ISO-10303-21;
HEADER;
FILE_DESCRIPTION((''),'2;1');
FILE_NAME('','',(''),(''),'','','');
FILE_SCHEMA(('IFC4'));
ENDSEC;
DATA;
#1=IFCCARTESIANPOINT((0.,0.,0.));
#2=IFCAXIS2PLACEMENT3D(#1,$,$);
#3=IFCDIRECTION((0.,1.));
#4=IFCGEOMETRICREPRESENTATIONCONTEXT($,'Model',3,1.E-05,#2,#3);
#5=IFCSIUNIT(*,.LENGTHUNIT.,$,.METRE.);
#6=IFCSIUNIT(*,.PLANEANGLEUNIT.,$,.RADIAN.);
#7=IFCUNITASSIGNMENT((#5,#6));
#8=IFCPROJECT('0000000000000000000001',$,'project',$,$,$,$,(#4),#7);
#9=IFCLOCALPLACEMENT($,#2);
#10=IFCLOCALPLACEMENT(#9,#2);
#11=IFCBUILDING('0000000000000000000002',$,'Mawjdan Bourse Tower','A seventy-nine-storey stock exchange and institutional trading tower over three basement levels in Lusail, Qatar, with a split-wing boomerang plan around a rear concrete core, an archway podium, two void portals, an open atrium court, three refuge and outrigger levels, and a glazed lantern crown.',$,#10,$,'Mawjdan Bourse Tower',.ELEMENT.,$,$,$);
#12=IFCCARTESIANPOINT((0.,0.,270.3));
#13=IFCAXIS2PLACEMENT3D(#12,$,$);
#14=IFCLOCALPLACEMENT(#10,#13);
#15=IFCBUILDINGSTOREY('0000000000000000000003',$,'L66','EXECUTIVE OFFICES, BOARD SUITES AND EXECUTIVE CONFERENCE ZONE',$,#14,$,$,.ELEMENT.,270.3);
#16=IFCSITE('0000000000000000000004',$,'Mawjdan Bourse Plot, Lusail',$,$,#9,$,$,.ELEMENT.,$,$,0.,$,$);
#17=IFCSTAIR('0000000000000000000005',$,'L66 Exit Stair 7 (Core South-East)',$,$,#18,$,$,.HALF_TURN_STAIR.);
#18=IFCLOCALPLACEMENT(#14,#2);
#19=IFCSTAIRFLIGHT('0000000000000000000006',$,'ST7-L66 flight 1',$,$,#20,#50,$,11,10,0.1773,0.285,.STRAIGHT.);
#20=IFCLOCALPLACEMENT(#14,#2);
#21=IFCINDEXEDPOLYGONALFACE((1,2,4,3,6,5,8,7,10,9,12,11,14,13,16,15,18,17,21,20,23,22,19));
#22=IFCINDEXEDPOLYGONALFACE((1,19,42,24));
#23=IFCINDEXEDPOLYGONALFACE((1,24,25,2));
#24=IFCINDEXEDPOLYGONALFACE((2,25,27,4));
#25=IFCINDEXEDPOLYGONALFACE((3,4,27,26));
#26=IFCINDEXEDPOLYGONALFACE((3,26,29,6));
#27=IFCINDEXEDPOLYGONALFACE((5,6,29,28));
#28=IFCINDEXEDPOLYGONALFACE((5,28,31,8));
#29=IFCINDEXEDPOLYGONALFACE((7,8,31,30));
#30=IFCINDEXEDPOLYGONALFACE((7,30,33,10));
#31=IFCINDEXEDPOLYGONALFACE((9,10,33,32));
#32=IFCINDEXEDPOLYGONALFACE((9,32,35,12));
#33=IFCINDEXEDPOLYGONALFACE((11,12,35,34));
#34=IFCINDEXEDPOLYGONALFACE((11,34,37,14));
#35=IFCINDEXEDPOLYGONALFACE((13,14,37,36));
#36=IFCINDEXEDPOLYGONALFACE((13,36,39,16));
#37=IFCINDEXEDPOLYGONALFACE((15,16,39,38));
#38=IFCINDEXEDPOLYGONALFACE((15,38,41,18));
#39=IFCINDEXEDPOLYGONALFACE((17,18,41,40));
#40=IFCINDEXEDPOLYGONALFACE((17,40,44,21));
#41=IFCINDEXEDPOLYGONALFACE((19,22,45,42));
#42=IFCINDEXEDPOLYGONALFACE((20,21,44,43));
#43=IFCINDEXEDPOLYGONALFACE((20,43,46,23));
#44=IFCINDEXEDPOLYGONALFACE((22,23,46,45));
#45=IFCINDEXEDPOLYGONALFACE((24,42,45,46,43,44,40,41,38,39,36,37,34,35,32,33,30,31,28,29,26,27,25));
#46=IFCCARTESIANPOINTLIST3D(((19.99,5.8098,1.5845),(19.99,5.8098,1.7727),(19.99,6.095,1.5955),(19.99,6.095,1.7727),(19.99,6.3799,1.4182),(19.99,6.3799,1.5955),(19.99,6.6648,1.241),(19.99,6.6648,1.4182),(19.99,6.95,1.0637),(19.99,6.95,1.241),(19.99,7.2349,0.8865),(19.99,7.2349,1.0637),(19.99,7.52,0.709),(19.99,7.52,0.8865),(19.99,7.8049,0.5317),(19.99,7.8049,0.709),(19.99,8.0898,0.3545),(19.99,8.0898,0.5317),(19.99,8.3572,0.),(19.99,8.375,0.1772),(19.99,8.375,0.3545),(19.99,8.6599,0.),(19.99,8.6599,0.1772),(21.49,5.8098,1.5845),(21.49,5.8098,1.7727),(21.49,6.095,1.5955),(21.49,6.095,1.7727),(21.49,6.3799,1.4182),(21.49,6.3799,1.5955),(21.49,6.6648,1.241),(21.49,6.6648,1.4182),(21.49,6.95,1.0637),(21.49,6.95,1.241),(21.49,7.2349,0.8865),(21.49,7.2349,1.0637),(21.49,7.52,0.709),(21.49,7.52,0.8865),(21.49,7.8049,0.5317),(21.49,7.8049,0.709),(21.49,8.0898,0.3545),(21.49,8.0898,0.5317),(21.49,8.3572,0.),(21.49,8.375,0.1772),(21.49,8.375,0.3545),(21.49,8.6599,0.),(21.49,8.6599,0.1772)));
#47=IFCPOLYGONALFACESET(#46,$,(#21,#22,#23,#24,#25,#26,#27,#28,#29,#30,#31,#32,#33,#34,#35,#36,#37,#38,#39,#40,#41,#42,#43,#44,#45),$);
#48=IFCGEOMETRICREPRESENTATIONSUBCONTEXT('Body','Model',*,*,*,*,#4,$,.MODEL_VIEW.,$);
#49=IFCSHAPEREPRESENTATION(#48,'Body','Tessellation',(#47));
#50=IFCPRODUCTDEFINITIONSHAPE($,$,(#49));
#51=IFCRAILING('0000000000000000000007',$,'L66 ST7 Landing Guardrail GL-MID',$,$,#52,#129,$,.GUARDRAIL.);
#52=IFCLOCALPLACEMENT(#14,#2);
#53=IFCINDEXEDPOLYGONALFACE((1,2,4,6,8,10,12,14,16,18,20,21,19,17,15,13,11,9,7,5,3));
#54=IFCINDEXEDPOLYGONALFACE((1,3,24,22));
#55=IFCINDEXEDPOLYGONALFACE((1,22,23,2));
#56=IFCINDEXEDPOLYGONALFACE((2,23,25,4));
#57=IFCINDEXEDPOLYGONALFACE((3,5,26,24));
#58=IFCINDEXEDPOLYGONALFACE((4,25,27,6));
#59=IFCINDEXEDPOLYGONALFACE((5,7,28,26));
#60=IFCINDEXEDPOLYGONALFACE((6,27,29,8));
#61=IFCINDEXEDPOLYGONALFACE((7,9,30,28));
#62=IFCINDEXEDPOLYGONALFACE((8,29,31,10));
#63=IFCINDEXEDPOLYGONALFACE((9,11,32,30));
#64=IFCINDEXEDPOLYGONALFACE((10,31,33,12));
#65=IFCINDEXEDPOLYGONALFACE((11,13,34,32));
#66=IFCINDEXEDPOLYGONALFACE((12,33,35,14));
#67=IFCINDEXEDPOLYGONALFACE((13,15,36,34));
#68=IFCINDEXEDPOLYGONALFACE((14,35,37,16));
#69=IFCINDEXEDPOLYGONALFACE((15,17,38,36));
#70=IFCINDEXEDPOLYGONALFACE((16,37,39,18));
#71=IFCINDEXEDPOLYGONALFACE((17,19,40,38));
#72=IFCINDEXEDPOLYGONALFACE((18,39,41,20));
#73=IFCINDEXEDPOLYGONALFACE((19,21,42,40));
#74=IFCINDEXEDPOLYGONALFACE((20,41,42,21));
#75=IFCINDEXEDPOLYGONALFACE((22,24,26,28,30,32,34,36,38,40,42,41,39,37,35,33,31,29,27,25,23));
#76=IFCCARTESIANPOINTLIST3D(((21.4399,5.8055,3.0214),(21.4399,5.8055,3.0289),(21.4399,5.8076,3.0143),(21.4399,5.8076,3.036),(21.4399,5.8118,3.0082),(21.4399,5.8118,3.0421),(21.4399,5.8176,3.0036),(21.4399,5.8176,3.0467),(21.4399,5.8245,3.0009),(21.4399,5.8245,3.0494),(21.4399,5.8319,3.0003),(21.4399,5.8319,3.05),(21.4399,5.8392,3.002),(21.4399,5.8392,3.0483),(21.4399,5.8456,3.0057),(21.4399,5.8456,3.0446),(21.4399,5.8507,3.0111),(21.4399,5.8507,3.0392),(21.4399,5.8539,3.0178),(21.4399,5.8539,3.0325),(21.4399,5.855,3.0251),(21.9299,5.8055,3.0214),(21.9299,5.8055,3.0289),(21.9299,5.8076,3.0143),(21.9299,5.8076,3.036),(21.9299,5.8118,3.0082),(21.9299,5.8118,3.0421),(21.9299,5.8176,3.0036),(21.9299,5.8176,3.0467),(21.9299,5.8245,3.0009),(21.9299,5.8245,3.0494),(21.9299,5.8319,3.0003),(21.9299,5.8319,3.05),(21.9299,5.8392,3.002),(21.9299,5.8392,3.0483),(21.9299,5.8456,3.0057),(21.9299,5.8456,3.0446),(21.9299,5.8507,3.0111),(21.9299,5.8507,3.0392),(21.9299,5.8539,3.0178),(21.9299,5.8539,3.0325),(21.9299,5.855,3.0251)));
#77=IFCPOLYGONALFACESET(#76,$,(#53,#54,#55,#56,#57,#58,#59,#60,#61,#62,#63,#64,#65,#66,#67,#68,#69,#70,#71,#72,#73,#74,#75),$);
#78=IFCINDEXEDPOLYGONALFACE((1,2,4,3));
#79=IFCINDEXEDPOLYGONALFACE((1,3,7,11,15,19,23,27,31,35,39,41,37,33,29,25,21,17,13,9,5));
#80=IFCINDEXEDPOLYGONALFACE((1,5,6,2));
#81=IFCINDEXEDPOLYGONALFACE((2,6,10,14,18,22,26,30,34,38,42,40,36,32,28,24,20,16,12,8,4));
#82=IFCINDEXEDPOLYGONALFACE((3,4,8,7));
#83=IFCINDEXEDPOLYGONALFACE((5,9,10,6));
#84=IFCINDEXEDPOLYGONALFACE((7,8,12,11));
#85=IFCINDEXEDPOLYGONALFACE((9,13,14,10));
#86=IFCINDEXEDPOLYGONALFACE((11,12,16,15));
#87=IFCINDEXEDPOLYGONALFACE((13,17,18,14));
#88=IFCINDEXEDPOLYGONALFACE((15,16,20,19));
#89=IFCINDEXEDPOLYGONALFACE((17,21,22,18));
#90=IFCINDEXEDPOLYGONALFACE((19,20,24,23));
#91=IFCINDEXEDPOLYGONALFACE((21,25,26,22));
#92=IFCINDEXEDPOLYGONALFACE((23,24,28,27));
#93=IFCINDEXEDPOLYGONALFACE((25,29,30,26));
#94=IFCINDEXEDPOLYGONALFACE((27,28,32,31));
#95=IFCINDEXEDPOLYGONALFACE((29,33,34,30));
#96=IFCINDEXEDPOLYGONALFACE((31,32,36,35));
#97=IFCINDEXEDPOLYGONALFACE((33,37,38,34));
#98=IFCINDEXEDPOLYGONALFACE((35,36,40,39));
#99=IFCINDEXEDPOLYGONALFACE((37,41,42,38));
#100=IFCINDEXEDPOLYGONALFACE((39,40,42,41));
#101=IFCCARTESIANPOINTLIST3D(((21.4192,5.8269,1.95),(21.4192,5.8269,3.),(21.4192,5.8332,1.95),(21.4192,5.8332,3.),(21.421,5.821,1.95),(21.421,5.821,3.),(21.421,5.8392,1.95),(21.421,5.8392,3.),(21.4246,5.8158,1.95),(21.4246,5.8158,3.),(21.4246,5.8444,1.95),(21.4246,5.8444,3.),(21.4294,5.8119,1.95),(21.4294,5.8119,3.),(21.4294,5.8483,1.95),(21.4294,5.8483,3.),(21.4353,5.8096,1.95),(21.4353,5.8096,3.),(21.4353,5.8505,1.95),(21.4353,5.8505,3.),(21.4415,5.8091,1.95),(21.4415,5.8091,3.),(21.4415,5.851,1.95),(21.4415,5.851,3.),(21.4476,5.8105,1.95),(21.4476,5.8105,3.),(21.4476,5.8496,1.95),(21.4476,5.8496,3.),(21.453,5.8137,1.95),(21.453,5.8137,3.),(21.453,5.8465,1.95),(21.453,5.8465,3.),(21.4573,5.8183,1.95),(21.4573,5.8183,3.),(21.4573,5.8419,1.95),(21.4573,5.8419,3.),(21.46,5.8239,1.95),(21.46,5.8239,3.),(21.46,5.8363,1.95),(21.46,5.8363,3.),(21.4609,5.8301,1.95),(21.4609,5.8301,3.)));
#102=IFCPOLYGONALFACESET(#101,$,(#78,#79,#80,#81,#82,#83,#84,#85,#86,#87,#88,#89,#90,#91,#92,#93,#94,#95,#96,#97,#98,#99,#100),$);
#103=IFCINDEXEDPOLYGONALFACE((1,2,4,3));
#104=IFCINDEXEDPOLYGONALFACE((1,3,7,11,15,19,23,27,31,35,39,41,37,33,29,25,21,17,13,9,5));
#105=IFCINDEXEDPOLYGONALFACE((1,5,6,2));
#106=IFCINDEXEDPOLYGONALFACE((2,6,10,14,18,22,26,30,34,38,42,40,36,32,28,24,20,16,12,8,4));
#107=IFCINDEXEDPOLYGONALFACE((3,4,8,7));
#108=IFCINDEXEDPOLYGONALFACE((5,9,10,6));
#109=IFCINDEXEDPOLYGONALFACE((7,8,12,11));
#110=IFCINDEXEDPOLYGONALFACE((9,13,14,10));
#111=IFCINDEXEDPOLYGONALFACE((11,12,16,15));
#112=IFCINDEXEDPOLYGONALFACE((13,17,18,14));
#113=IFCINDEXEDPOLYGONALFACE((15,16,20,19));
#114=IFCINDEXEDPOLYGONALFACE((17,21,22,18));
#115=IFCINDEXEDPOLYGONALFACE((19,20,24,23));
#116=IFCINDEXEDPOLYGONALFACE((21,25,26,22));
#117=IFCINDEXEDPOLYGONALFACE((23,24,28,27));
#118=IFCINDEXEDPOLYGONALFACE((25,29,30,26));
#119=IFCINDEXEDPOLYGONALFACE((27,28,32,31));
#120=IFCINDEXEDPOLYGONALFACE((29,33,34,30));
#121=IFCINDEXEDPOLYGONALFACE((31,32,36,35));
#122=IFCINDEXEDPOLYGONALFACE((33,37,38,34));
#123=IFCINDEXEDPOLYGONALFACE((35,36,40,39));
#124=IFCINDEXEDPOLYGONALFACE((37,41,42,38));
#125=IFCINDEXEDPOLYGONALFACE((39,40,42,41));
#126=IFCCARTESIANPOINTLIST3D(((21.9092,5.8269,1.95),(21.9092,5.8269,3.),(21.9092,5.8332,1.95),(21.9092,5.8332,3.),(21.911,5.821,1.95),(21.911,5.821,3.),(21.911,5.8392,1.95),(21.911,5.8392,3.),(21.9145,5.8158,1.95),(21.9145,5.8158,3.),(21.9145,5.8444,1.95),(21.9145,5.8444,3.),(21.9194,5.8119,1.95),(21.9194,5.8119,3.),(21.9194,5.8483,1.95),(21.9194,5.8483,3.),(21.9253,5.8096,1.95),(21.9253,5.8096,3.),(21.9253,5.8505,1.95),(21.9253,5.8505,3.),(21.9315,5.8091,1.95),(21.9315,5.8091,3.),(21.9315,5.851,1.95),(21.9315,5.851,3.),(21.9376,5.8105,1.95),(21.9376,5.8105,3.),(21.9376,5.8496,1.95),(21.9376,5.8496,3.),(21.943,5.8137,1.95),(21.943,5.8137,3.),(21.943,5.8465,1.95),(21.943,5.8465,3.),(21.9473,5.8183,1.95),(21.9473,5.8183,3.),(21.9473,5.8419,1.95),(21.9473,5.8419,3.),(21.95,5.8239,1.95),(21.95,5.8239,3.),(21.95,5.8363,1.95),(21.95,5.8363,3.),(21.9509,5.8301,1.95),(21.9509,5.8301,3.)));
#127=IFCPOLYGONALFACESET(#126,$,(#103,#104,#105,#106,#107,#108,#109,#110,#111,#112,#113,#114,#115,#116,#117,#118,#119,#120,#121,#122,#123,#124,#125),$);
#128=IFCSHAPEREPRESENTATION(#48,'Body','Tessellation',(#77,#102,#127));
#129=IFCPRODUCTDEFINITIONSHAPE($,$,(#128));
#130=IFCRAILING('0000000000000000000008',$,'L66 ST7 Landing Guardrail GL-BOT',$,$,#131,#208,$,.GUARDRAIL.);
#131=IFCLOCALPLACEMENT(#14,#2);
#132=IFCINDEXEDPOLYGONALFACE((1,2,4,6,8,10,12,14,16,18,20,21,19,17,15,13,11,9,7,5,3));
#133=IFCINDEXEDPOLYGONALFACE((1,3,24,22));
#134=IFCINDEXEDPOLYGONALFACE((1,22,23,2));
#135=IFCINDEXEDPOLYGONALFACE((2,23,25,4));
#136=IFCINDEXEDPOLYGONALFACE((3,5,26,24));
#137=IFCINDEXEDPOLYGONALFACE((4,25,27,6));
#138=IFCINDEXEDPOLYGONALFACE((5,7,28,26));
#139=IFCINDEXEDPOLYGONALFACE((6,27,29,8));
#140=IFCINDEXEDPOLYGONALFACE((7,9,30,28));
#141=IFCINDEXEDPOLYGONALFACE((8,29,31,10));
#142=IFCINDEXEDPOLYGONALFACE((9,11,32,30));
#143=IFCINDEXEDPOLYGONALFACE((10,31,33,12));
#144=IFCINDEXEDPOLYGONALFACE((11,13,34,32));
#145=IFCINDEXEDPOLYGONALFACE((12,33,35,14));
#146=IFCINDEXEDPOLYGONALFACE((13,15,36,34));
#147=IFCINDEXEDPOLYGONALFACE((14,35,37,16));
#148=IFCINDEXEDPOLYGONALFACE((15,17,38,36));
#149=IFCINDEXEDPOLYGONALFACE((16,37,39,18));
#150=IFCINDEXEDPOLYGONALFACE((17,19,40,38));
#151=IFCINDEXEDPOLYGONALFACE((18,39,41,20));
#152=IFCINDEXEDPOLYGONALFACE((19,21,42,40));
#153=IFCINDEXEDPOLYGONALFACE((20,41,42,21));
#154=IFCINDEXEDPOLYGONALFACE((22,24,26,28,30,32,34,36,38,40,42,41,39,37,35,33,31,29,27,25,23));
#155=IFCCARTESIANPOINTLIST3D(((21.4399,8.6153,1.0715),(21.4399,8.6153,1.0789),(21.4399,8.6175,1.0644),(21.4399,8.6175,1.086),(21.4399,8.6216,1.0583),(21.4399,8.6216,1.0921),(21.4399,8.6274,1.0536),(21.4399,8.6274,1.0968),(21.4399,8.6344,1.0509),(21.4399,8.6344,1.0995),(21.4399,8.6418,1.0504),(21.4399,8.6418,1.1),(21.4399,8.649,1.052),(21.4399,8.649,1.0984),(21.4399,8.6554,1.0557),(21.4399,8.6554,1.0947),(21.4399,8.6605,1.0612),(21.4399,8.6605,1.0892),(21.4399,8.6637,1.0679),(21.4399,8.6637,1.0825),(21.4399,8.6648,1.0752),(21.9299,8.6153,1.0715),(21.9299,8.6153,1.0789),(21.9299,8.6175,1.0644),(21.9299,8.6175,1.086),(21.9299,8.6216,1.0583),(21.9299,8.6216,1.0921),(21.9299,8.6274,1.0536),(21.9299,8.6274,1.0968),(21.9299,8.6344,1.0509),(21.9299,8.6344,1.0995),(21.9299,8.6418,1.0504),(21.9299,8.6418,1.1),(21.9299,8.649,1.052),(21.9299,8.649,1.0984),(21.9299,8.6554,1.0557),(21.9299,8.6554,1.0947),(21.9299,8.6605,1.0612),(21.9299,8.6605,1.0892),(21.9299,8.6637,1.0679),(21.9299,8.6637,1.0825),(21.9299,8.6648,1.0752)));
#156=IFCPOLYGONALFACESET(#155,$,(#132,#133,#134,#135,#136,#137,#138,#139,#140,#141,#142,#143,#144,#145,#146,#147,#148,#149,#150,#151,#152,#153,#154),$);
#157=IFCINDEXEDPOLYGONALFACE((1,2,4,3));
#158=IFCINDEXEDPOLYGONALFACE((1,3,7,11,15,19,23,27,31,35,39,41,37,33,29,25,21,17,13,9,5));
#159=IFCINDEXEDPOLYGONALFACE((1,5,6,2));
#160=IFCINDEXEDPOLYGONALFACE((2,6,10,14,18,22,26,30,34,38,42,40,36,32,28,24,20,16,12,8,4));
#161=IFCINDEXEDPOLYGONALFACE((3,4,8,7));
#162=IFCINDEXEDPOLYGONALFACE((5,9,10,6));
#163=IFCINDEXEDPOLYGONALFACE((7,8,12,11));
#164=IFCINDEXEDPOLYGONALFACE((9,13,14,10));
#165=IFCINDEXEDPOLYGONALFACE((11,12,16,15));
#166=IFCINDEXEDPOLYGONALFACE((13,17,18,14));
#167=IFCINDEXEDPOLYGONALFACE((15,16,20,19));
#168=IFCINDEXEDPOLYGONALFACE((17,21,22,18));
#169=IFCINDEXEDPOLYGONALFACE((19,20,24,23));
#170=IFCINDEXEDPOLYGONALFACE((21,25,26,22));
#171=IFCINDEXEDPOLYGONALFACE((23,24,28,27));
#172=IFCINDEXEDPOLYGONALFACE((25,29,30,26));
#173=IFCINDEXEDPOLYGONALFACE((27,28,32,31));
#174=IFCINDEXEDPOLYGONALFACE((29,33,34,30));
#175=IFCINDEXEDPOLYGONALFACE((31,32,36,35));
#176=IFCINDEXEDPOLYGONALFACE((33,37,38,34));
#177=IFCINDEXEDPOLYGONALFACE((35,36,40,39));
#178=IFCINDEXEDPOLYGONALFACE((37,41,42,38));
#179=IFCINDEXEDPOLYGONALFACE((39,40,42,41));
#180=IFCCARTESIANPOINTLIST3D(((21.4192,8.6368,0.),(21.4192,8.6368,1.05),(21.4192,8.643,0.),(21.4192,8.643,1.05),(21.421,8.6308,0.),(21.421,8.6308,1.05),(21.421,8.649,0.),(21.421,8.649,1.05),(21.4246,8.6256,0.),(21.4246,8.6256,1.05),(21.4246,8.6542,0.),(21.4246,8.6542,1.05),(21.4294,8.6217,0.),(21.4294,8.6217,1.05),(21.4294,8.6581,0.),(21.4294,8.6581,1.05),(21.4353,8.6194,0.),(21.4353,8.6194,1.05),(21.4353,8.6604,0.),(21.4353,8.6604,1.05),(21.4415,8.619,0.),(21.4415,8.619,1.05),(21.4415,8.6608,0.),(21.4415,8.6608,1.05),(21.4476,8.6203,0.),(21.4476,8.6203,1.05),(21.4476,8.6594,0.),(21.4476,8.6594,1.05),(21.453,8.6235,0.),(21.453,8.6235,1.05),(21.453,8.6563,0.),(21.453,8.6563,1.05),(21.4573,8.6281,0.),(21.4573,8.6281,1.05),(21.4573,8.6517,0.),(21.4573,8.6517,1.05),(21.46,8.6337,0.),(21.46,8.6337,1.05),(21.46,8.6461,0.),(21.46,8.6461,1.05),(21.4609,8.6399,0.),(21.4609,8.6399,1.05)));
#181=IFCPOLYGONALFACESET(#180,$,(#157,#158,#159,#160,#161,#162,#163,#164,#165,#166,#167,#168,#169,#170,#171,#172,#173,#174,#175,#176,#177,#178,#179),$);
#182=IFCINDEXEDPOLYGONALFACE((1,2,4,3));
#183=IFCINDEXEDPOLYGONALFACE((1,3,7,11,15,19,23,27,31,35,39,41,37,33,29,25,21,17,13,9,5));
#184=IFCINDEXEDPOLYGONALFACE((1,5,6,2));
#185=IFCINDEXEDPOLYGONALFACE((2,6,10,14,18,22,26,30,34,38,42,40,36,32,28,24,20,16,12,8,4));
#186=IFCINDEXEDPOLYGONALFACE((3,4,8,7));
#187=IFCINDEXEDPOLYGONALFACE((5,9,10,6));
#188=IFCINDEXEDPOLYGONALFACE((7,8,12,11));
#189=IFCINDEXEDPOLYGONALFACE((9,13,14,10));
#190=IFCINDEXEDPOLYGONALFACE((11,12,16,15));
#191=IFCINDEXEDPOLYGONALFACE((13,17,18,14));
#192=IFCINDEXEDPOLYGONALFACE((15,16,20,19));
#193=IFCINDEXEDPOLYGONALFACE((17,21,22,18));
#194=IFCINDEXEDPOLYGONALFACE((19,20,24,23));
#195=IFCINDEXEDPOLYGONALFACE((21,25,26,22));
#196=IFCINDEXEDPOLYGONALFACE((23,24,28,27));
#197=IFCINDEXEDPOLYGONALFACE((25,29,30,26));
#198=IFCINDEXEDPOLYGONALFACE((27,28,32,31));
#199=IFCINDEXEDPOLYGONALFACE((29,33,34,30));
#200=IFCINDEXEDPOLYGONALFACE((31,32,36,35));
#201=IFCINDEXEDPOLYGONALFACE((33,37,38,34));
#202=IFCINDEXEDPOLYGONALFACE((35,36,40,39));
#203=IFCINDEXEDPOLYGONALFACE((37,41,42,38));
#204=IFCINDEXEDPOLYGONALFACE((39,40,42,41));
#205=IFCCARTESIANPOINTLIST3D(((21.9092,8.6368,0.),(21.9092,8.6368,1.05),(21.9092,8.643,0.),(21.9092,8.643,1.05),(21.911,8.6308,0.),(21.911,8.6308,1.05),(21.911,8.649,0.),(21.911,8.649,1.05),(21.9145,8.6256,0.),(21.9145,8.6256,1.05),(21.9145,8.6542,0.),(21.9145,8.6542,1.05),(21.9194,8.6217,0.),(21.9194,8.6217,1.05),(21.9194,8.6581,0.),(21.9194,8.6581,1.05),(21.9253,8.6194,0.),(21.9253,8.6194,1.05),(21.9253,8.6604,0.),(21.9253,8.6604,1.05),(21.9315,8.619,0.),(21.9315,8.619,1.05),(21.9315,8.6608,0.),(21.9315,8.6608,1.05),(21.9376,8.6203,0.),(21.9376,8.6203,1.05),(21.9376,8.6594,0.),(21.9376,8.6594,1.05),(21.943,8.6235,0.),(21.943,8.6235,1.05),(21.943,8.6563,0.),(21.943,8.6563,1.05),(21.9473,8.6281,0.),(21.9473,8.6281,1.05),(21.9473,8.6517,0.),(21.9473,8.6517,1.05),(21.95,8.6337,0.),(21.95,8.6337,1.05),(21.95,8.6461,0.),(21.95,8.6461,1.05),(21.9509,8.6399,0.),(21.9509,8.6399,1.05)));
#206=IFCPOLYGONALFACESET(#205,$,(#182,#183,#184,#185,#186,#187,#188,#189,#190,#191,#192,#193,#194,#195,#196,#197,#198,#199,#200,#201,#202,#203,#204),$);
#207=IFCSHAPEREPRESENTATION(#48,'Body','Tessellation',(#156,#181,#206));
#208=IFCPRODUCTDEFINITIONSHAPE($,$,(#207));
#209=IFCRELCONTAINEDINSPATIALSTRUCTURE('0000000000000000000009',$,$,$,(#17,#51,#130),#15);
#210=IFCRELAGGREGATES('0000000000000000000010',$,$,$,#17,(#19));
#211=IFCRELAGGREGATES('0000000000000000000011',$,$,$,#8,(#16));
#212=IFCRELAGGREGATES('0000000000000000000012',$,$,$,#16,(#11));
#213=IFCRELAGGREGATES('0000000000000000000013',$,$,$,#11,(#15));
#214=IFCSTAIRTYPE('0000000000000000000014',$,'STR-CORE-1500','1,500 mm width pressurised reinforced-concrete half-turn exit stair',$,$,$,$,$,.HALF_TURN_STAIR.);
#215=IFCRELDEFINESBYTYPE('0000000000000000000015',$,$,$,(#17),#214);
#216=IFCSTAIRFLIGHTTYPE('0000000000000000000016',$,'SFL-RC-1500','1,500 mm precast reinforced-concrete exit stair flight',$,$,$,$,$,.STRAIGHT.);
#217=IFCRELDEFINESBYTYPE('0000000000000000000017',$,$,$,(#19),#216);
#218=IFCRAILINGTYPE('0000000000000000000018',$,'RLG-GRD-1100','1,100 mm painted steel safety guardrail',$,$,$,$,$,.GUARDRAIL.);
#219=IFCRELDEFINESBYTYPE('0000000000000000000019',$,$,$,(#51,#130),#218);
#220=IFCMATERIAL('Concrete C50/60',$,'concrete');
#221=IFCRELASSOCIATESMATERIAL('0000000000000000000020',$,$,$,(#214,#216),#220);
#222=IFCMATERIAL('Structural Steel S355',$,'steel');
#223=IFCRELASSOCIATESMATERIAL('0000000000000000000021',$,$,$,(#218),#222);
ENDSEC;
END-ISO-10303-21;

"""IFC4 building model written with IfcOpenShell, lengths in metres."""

from ifc_helpers import new_model, si_unit, direction, frame, origin, origin_2d, place, context, subcontext, project, spatial, polyline, circle, outline, extrude, material, type_object, element, aggregate, save


model = new_model("IFC4")

# Units and contexts
model_context = context("Model", 3, precision=1e-05, world=origin(), true_north=direction((0.0, 1.0)))
body_context = subcontext(model_context, "Body", "Model", "MODEL_VIEW")
ifc_project = project(units=[si_unit("LENGTHUNIT", "METRE"), si_unit("PLANEANGLEUNIT", "RADIAN")], contexts=[model_context])

# Site, building, storey
site_placement = place(None, origin())
site = spatial("IfcSite", under=ifc_project, at=site_placement, Name="Mawjdan Bourse Plot, Lusail", CompositionType="ELEMENT", RefElevation=0.0)
building_placement = place(site_placement, origin())
building = spatial("IfcBuilding", under=site, at=building_placement, Name="Mawjdan Bourse Tower", Description="A seventy-nine-storey stock exchange and institutional trading tower over three basement levels in Lusail, Qatar, with a split-wing boomerang plan around a rear concrete core, an archway podium, two void portals, an open atrium court, three refuge and outrigger levels, and a glazed lantern crown.", LongName="Mawjdan Bourse Tower", CompositionType="ELEMENT")
storey_placement = place(building_placement, frame((0.0, 0.0, 270.3)))
storey = spatial("IfcBuildingStorey", under=building, at=storey_placement, Name="L66", Description="EXECUTIVE OFFICES, BOARD SUITES AND EXECUTIVE CONFERENCE ZONE", CompositionType="ELEMENT", Elevation=270.3)

# Shared definitions
ifc_material_1 = material(Name="Structural Steel S355", Category="steel")

# Shared definitions
ifc_material_2 = material(Name="Concrete C50/60", Category="concrete")

# Stair, stair flight
stair_type = type_object("IfcStairType", Name="STR-CORE-1500", Description="1,500 mm width pressurised reinforced-concrete half-turn exit stair", PredefinedType="HALF_TURN_STAIR", material=ifc_material_2)
stair_placement = place(storey_placement, origin())
stair = element("IfcStair", 1, at=stair_placement, inside=storey, type_object=stair_type, Name="L66 Exit Stair 7 (Core South-East)", PredefinedType="HALF_TURN_STAIR")
stair_flight_type = type_object("IfcStairFlightType", Name="SFL-RC-1500", Description="1,500 mm precast reinforced-concrete exit stair flight", PredefinedType="STRAIGHT", material=ifc_material_2)
stair_flight_placement = place(storey_placement, frame((20.74, 8.6599, 0.0), z_axis=(0.0, 0.0, 1.0), x_axis=(0.0, -1.0, 0.0)))
stair_flight = element("IfcStairFlight", 2, at=stair_flight_placement, type_object=stair_flight_type, Name="ST7-L66 flight 1", NumberOfRisers=11, NumberOfTreads=10, PredefinedType="STRAIGHT", RiserHeight=0.1773, TreadLength=0.285, context=body_context, shape_type="SweptSolid", body=[
    extrude(outline(polyline([(0.0, 0.0), (0.0, 0.1772), (0.2849, 0.1772), (0.2849, 0.3545), (0.5701, 0.3545), (0.5701, 0.5317), (0.855, 0.5317), (0.855, 0.709), (1.1399, 0.709), (1.1399, 0.8865), (1.425, 0.8865), (1.425, 1.0637), (1.71, 1.0637), (1.71, 1.241), (1.9951, 1.241), (1.9951, 1.4182), (2.28, 1.4182), (2.28, 1.5955), (2.5649, 1.5955), (2.5649, 1.7727), (2.8501, 1.7727), (2.8501, 1.95), (2.8501, 1.5845), (0.3027, 0.0), (0.0, 0.0)])), frame((0.0, 0.75, 0.0), z_axis=(0.0, -1.0, 0.0), x_axis=(1.0, 0.0, 0.0)), (0.0, 0.0, 1.0), 1.5),
])
aggregate(stair, [stair_flight])

# Railings
railing_type_1 = type_object("IfcRailingType", Name="RLG-GRD-1100", Description="1,100 mm painted steel safety guardrail", PredefinedType="GUARDRAIL", material=ifc_material_1)
for number, where, name in (
    (3, (21.4399, 5.8301, 1.95), "L66 ST7 Landing Guardrail GL-MID"),
    (4, (21.4399, 8.6399, 0.0), "L66 ST7 Landing Guardrail GL-BOT"),
):
    element("IfcRailing", number, at=place(storey_placement, frame(where)), inside=storey, type_object=railing_type_1, Name=name, PredefinedType="GUARDRAIL", context=body_context, shape_type="SweptSolid", body=[
        extrude(circle(Radius=0.0249, at=origin_2d()), frame((0.0, 0.0, 1.0752), z_axis=(1.0, 0.0, 0.0), x_axis=(0.0, 1.0, 0.0)), (0.0, 0.0, 1.0), 0.49),
        extrude(circle(Radius=0.021, at=origin_2d()), origin(), (0.0, 0.0, 1.0), 1.05),
        extrude(circle(Radius=0.021, at=origin_2d()), frame((0.49, 0.0, 0.0)), (0.0, 0.0, 1.0), 1.05),
    ])

save(model, "model.ifc")
